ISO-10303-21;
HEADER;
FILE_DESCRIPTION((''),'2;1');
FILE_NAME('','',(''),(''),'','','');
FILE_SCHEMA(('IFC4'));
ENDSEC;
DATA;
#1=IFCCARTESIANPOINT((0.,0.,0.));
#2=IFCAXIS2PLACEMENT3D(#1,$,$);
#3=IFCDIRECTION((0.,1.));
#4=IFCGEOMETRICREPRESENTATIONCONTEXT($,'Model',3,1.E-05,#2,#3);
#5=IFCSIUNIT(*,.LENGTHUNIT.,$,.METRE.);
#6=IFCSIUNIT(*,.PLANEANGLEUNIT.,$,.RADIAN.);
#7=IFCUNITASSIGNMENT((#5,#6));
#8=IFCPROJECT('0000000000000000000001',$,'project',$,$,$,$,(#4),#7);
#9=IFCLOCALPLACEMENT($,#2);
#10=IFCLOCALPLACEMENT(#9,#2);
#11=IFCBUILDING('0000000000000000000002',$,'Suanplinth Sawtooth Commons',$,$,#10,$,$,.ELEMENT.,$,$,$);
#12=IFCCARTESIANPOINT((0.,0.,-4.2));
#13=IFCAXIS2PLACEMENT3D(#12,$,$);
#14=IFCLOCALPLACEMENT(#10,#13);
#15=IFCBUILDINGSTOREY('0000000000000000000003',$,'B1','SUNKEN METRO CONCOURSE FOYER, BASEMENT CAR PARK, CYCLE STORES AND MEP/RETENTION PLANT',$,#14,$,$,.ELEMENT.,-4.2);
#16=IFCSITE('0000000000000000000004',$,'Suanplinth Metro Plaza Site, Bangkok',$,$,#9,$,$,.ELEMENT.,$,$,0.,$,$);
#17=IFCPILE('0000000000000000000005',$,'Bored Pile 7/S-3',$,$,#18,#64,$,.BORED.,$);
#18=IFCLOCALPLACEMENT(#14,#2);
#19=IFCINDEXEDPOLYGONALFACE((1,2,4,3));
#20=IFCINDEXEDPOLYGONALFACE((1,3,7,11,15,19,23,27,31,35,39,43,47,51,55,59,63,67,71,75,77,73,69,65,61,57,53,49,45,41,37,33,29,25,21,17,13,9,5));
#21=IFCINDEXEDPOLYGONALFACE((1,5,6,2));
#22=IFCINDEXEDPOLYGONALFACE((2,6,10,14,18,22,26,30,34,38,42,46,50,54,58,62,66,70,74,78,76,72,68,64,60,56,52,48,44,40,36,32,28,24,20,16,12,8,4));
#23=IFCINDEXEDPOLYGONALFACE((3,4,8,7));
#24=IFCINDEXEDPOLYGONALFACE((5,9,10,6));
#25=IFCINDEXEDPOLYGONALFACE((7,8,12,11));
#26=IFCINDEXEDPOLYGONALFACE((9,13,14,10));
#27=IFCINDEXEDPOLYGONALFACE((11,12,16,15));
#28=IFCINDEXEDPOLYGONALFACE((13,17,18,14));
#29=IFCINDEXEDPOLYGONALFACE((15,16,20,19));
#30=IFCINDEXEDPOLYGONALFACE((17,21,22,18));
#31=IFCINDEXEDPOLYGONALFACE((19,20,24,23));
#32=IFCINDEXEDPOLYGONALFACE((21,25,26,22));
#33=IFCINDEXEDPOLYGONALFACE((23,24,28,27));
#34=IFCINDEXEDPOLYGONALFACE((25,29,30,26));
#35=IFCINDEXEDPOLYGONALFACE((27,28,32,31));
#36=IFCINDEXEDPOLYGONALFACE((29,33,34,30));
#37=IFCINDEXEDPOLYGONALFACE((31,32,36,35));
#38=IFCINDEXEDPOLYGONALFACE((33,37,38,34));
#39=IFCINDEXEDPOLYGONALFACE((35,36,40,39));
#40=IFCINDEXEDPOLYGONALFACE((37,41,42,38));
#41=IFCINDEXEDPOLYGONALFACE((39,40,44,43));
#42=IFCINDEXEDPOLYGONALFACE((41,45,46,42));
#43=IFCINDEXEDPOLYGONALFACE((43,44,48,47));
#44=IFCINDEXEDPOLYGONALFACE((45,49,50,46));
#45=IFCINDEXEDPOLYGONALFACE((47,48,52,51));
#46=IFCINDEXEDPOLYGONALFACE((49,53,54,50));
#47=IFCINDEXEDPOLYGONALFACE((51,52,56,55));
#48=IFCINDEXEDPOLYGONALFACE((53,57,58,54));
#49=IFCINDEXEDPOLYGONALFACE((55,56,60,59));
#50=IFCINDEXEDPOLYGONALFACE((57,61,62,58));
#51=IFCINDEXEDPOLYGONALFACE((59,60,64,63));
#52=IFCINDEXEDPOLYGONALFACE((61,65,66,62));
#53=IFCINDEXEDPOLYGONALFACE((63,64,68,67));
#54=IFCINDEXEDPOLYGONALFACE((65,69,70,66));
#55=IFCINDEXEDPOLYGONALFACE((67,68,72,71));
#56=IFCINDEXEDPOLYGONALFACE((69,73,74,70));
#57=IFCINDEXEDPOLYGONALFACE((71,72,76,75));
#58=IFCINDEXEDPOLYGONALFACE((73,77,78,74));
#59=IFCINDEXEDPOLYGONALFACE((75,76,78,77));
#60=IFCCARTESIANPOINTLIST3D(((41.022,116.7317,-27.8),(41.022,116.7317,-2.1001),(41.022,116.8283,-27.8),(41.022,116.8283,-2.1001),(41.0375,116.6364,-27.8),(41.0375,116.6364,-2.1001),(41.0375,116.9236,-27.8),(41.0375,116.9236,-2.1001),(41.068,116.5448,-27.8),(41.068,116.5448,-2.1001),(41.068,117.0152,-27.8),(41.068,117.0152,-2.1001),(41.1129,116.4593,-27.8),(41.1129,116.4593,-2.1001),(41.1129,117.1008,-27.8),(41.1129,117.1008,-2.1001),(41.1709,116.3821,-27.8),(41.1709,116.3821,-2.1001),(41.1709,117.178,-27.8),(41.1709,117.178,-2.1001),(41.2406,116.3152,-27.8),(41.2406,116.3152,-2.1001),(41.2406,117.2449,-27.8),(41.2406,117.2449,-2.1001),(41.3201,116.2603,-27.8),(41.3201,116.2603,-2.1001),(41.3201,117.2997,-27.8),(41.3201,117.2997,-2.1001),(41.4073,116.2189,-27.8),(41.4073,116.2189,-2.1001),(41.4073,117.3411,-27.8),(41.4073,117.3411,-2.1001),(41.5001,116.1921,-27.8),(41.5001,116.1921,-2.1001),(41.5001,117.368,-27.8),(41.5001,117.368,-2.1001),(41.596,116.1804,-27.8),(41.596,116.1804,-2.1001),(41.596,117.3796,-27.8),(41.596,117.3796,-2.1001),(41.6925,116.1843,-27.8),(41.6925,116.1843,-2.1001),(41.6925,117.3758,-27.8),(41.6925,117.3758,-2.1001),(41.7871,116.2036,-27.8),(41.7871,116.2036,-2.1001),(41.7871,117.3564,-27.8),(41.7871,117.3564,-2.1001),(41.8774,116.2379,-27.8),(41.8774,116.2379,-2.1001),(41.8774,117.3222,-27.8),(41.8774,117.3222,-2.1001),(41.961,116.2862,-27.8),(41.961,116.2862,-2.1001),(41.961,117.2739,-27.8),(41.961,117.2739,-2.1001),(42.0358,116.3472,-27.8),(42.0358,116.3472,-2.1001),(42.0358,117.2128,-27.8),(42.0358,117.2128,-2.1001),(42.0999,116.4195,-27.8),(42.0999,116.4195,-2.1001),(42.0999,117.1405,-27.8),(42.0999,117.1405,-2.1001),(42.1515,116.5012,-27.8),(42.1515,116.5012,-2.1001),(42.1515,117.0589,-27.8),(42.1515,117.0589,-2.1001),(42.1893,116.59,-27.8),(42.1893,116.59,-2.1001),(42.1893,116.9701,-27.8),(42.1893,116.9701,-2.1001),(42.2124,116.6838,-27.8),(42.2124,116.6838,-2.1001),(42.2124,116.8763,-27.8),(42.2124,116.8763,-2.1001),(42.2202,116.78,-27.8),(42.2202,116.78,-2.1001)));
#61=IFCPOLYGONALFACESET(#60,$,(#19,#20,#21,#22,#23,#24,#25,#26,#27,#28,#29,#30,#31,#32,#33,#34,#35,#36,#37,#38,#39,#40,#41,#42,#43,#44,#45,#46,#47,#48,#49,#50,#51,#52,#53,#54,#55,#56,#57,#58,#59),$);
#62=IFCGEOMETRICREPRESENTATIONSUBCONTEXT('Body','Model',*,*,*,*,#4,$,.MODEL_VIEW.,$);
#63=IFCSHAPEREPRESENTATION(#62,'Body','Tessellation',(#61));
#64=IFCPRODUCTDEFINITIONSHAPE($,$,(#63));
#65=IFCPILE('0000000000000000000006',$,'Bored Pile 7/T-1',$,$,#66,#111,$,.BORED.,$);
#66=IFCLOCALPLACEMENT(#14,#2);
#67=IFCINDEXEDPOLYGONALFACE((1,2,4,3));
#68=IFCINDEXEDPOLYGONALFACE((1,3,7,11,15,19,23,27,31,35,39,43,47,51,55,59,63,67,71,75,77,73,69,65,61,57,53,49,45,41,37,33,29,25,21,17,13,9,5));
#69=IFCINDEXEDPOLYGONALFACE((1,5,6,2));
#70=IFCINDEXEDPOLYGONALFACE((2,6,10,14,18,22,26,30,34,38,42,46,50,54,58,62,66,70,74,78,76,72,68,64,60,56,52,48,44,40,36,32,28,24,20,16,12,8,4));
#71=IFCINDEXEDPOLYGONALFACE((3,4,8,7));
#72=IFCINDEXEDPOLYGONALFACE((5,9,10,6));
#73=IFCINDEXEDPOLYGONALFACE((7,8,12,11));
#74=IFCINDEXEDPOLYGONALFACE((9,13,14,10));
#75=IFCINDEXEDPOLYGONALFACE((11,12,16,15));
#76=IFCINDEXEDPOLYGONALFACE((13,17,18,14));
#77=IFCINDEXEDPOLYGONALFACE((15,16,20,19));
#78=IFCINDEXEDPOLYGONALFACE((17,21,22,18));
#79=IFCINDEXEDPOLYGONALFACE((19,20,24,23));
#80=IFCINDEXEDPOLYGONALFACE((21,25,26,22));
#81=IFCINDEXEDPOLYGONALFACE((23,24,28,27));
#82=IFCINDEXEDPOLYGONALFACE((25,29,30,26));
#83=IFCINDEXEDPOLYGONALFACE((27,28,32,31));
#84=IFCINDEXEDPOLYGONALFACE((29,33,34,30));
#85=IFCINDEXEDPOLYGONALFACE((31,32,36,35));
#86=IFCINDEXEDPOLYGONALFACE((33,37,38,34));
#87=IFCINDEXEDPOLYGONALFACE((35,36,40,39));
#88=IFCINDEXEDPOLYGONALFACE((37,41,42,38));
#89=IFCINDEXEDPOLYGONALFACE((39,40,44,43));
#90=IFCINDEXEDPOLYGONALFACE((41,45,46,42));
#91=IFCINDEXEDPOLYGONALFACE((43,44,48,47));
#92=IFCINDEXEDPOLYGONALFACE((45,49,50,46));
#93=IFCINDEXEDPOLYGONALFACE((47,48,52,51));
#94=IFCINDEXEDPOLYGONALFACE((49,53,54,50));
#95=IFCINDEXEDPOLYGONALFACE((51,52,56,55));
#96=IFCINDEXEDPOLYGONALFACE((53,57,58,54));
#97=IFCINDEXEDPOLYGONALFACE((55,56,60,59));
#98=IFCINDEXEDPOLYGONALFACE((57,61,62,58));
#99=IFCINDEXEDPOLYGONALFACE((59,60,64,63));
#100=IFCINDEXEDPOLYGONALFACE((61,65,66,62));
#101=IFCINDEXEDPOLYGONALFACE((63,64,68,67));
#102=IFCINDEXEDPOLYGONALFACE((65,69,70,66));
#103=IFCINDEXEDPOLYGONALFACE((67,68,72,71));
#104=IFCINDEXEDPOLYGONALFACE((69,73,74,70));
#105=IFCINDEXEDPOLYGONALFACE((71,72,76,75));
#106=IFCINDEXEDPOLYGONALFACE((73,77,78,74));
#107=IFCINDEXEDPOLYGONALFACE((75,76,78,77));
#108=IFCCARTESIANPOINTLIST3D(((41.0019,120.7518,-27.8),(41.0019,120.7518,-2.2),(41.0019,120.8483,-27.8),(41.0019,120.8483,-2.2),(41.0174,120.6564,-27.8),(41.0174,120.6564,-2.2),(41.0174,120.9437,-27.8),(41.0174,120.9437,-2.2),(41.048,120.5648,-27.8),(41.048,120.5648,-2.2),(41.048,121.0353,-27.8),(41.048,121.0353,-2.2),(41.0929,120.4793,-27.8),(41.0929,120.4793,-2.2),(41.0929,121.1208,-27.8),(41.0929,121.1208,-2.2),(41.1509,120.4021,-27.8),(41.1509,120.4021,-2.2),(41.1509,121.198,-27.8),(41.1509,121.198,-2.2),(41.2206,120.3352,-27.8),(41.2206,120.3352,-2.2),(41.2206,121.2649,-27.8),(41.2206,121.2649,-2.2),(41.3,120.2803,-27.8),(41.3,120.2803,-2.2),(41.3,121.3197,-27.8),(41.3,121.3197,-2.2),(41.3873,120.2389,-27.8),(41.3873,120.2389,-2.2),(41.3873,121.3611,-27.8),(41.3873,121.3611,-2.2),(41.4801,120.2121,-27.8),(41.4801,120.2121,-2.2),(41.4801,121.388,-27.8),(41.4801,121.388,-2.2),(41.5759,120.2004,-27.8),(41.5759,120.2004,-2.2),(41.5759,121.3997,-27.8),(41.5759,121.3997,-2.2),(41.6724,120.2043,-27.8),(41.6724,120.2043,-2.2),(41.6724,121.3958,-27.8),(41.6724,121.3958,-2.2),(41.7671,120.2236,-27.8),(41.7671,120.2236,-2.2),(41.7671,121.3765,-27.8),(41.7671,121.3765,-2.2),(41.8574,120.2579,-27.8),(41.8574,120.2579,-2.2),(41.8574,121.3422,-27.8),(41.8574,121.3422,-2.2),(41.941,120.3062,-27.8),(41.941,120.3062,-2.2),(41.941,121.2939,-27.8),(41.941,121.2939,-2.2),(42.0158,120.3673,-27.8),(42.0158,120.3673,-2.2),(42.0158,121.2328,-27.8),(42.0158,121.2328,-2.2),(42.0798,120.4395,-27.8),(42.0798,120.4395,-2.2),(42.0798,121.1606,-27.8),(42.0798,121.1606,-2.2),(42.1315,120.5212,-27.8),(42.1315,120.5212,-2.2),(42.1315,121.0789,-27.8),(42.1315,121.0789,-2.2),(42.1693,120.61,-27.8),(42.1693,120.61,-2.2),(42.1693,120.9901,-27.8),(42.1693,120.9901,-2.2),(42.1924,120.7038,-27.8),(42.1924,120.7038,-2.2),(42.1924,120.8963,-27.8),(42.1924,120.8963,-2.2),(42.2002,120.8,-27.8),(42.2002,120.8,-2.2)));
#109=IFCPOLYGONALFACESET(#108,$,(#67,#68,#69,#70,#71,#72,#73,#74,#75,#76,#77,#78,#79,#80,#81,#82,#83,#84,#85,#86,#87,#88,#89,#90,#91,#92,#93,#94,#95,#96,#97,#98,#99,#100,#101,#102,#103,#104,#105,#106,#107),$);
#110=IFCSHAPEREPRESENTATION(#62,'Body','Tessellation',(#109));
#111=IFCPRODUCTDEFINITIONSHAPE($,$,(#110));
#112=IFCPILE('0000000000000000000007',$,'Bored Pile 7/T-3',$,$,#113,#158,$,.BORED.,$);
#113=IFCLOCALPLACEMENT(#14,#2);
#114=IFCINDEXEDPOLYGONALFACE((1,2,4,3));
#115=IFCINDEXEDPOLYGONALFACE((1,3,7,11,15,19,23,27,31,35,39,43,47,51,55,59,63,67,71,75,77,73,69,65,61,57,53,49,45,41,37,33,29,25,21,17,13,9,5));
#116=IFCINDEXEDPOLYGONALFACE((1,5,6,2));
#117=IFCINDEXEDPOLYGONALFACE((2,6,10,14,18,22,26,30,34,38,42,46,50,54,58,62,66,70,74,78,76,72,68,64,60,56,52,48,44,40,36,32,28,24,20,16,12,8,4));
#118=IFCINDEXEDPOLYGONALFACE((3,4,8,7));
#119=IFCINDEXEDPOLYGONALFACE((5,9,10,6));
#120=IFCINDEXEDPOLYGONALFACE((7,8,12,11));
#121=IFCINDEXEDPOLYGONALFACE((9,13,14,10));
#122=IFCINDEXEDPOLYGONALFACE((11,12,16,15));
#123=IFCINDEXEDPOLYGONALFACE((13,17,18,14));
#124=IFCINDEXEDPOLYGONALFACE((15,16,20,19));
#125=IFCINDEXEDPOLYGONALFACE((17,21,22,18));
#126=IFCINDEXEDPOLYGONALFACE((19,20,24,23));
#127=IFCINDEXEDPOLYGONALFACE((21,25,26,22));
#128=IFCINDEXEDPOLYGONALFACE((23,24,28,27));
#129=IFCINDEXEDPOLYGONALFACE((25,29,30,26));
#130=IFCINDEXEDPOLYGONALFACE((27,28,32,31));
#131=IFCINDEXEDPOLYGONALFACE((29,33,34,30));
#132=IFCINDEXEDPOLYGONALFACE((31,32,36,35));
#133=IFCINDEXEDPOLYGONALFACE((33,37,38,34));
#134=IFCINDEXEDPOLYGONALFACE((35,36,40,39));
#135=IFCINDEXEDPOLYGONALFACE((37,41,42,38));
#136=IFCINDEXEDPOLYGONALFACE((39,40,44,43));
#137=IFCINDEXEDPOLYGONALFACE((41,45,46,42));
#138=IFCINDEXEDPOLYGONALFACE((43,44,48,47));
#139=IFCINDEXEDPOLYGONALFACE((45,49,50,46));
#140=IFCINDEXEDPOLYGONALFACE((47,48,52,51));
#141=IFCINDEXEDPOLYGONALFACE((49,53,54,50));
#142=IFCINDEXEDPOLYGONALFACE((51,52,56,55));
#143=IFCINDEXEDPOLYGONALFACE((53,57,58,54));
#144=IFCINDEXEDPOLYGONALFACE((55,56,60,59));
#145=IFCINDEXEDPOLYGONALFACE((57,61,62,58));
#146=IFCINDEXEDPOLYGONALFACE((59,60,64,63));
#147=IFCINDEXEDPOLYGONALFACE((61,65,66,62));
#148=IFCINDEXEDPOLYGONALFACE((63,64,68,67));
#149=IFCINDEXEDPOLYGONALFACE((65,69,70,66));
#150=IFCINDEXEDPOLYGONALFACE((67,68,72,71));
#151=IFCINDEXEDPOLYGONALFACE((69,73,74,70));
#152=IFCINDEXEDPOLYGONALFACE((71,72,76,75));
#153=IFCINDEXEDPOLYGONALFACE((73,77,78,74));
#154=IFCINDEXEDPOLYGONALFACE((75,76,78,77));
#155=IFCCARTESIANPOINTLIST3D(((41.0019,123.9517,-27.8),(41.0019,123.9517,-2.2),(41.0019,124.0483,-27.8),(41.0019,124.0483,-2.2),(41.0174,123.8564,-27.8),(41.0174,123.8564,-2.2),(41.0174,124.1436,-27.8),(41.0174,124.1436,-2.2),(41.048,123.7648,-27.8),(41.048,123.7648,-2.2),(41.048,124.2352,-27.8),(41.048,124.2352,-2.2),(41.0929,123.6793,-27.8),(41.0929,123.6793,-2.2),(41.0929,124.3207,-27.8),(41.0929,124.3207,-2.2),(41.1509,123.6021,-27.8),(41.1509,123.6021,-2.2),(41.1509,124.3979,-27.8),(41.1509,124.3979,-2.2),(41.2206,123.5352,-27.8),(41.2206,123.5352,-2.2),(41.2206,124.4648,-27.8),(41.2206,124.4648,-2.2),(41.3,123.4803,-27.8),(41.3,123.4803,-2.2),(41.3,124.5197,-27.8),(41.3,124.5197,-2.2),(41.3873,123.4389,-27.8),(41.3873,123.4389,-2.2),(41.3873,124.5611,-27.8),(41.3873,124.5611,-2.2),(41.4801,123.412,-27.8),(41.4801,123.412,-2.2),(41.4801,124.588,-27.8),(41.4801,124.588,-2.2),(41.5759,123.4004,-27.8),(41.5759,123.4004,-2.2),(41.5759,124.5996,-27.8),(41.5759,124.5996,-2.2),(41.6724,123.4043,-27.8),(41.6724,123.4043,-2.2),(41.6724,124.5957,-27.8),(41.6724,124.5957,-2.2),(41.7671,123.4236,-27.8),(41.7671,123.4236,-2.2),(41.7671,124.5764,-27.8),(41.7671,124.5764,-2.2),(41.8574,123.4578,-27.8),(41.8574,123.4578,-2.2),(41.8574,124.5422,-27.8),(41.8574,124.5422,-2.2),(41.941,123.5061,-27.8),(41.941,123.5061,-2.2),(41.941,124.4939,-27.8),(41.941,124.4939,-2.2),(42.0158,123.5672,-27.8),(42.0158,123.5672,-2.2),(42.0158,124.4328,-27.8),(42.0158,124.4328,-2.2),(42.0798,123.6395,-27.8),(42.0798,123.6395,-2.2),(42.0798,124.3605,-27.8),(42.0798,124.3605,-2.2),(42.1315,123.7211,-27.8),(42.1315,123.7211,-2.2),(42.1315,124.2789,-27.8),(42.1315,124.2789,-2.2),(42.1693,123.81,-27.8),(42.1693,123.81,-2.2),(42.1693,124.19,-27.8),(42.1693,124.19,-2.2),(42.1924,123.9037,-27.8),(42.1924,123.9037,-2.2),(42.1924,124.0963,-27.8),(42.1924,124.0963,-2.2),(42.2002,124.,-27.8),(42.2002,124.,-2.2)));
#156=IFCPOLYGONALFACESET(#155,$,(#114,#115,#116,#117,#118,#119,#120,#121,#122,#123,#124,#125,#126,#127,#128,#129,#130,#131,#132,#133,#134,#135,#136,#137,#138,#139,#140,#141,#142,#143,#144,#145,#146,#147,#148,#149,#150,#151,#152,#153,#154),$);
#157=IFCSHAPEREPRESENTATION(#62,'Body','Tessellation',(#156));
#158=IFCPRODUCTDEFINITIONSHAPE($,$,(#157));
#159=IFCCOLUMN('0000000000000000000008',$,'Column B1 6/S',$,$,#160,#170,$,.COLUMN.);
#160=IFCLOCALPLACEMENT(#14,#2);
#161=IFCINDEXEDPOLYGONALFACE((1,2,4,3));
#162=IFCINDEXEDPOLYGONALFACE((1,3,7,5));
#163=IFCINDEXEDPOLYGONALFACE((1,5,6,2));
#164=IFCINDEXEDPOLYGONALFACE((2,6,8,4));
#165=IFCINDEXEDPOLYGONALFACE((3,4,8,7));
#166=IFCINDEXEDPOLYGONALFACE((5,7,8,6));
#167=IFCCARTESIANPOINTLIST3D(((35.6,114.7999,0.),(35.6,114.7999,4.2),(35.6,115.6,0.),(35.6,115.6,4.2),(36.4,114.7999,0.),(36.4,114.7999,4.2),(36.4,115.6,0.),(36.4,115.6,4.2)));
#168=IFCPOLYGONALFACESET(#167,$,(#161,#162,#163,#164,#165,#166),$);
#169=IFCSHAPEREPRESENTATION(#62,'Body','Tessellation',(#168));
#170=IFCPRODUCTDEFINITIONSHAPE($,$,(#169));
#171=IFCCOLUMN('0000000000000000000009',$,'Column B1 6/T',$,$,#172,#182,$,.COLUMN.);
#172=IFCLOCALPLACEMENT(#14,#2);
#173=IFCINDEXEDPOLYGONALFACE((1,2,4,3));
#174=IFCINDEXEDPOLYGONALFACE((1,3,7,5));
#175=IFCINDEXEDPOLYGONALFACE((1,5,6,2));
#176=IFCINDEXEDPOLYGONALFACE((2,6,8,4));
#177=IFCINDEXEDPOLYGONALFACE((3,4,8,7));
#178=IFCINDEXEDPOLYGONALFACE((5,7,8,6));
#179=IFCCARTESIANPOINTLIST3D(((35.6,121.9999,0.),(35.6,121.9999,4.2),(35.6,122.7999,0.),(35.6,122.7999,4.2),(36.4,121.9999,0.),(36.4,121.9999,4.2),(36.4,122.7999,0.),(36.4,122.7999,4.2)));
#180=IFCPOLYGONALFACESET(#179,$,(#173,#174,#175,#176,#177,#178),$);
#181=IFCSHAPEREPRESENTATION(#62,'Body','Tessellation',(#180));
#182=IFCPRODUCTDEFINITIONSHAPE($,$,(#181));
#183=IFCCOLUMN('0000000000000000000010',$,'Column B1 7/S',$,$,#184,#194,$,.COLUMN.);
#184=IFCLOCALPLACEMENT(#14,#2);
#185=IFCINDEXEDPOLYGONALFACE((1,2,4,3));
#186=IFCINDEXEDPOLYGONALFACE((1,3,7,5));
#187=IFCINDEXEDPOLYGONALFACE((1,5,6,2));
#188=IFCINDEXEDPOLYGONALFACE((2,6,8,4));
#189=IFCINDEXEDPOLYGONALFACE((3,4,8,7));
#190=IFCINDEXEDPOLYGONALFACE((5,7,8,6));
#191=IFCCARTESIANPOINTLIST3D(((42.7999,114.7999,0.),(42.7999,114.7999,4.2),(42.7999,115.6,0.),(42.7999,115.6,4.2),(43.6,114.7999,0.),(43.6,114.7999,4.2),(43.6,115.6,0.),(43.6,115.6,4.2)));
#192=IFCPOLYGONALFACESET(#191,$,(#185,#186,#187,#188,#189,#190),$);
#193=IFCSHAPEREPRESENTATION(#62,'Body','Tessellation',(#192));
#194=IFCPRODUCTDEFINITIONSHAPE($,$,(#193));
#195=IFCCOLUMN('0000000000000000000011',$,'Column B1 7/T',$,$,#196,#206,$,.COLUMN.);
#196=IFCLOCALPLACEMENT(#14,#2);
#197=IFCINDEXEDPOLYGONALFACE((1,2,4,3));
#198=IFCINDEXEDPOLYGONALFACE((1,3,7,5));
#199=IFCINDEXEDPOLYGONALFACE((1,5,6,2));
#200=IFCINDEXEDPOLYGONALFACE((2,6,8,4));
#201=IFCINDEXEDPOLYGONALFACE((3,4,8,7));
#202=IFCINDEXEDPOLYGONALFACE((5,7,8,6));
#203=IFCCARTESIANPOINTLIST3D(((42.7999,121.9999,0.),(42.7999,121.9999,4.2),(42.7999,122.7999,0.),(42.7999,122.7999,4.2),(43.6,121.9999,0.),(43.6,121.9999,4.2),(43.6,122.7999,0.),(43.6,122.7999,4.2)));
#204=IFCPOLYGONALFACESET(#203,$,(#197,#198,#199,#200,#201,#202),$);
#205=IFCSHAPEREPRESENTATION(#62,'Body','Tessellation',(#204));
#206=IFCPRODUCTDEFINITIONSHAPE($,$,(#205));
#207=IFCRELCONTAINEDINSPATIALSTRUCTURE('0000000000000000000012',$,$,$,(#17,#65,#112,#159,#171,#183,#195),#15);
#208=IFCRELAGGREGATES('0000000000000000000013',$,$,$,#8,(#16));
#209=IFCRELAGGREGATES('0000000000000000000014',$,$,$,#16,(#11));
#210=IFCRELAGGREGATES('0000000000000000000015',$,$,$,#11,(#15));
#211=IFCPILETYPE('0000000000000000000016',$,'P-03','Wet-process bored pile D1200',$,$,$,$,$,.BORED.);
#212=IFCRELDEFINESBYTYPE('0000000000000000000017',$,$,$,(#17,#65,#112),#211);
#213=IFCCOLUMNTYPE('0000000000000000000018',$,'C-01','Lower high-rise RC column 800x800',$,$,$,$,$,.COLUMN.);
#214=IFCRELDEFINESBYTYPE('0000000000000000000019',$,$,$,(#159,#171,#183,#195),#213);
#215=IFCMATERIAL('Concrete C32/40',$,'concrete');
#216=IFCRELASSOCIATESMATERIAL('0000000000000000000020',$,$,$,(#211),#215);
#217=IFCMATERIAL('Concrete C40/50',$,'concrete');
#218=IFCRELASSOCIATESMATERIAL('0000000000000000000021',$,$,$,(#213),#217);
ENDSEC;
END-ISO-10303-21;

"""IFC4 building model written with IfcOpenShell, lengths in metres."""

from ifc_helpers import new_model, si_unit, direction, frame, origin, origin_2d, place, context, subcontext, project, spatial, rectangle, circle, extrude, material, material_profile, profile_set, type_object, element, save


model = new_model("IFC4")

# Units and contexts
model_context = context("Model", 3, precision=1e-05, world=origin(), true_north=direction((0.0, 1.0)))
body_context = subcontext(model_context, "Body", "Model", "MODEL_VIEW")
ifc_project = project(units=[si_unit("LENGTHUNIT", "METRE"), si_unit("PLANEANGLEUNIT", "RADIAN")], contexts=[model_context])

# Site, building, storey
site_placement = place(None, origin())
site = spatial("IfcSite", under=ifc_project, at=site_placement, Name="Suanplinth Metro Plaza Site, Bangkok", CompositionType="ELEMENT", RefElevation=0.0)
building_placement = place(site_placement, origin())
building = spatial("IfcBuilding", under=site, at=building_placement, Name="Suanplinth Sawtooth Commons", CompositionType="ELEMENT")
storey_placement = place(building_placement, frame((0.0, 0.0, -4.2)))
storey = spatial("IfcBuildingStorey", under=building, at=storey_placement, Name="B1", Description="SUNKEN METRO CONCOURSE FOYER, BASEMENT CAR PARK, CYCLE STORES AND MEP/RETENTION PLANT", CompositionType="ELEMENT", Elevation=-4.2)

# Piles
ifc_material_1 = material(Name="Concrete C32/40", Category="concrete")
ifc_material_profile_1 = material_profile(ifc_material_1, circle(Radius=0.6001, at=origin_2d()), Name="PILE D1200")
ifc_profile_set_1 = profile_set([ifc_material_profile_1], Name="Concrete C32/40")
pile_type = type_object("IfcPileType", Name="P-03", Description="Wet-process bored pile D1200", PredefinedType="BORED", material=ifc_profile_set_1)
for number, where, z_axis, x_axis, name in (
    (1, (41.6201, 116.78, -2.1001), (0.0, 0.0, -1.0), (1.0, 0.0, 0.0), "Bored Pile 7/S-3"),
):
    element("IfcPile", number, at=place(storey_placement, frame(where, z_axis=z_axis, x_axis=x_axis)), inside=storey, type_object=pile_type, Name=name, PredefinedType="BORED", context=body_context, shape_type="SweptSolid", body=[
        extrude(circle(Radius=0.6001, at=origin_2d()), origin(), (0.0, 0.0, 1.0), 25.7),
    ])
for number, where, z_axis, x_axis, name in (
    (2, (41.6001, 120.8, -2.2), (0.0, 0.0, -1.0), (1.0, 0.0, 0.0), "Bored Pile 7/T-1"),
    (3, (41.6001, 124.0, -2.2), (0.0, 0.0, -1.0), (1.0, 0.0, 0.0), "Bored Pile 7/T-3"),
):
    element("IfcPile", number, at=place(storey_placement, frame(where, z_axis=z_axis, x_axis=x_axis)), inside=storey, type_object=pile_type, Name=name, PredefinedType="BORED", context=body_context, shape_type="SweptSolid", body=[
        extrude(circle(Radius=0.6001, at=origin_2d()), origin(), (0.0, 0.0, 1.0), 25.6001),
    ])

# Columns
ifc_material_2 = material(Name="Concrete C40/50", Category="concrete")
ifc_material_profile_2 = material_profile(ifc_material_2, rectangle(XDim=0.8, YDim=0.8, at=origin_2d()), Name="RC-COL 800x800")
ifc_profile_set_2 = profile_set([ifc_material_profile_2], Name="Concrete C40/50")
column_type = type_object("IfcColumnType", Name="C-01", Description="Lower high-rise RC column 800x800", PredefinedType="COLUMN", material=ifc_profile_set_2)
for number, where, z_axis, x_axis, name in (
    (4, (36.0, 115.2, 0.0), (0.0, 0.0, 1.0), (1.0, 0.0, 0.0), "Column B1 6/S"),
    (5, (36.0, 122.3999, 0.0), (0.0, 0.0, 1.0), (1.0, 0.0, 0.0), "Column B1 6/T"),
    (6, (43.2, 115.2, 0.0), (0.0, 0.0, 1.0), (1.0, 0.0, 0.0), "Column B1 7/S"),
    (7, (43.2, 122.3999, 0.0), (0.0, 0.0, 1.0), (1.0, 0.0, 0.0), "Column B1 7/T"),
):
    element("IfcColumn", number, at=place(storey_placement, frame(where, z_axis=z_axis, x_axis=x_axis)), inside=storey, type_object=column_type, Name=name, PredefinedType="COLUMN", context=body_context, shape_type="SweptSolid", body=[
        extrude(rectangle(XDim=0.8, YDim=0.8, at=origin_2d()), origin(), (0.0, 0.0, 1.0), 4.2),
    ])

save(model, "model.ifc")
